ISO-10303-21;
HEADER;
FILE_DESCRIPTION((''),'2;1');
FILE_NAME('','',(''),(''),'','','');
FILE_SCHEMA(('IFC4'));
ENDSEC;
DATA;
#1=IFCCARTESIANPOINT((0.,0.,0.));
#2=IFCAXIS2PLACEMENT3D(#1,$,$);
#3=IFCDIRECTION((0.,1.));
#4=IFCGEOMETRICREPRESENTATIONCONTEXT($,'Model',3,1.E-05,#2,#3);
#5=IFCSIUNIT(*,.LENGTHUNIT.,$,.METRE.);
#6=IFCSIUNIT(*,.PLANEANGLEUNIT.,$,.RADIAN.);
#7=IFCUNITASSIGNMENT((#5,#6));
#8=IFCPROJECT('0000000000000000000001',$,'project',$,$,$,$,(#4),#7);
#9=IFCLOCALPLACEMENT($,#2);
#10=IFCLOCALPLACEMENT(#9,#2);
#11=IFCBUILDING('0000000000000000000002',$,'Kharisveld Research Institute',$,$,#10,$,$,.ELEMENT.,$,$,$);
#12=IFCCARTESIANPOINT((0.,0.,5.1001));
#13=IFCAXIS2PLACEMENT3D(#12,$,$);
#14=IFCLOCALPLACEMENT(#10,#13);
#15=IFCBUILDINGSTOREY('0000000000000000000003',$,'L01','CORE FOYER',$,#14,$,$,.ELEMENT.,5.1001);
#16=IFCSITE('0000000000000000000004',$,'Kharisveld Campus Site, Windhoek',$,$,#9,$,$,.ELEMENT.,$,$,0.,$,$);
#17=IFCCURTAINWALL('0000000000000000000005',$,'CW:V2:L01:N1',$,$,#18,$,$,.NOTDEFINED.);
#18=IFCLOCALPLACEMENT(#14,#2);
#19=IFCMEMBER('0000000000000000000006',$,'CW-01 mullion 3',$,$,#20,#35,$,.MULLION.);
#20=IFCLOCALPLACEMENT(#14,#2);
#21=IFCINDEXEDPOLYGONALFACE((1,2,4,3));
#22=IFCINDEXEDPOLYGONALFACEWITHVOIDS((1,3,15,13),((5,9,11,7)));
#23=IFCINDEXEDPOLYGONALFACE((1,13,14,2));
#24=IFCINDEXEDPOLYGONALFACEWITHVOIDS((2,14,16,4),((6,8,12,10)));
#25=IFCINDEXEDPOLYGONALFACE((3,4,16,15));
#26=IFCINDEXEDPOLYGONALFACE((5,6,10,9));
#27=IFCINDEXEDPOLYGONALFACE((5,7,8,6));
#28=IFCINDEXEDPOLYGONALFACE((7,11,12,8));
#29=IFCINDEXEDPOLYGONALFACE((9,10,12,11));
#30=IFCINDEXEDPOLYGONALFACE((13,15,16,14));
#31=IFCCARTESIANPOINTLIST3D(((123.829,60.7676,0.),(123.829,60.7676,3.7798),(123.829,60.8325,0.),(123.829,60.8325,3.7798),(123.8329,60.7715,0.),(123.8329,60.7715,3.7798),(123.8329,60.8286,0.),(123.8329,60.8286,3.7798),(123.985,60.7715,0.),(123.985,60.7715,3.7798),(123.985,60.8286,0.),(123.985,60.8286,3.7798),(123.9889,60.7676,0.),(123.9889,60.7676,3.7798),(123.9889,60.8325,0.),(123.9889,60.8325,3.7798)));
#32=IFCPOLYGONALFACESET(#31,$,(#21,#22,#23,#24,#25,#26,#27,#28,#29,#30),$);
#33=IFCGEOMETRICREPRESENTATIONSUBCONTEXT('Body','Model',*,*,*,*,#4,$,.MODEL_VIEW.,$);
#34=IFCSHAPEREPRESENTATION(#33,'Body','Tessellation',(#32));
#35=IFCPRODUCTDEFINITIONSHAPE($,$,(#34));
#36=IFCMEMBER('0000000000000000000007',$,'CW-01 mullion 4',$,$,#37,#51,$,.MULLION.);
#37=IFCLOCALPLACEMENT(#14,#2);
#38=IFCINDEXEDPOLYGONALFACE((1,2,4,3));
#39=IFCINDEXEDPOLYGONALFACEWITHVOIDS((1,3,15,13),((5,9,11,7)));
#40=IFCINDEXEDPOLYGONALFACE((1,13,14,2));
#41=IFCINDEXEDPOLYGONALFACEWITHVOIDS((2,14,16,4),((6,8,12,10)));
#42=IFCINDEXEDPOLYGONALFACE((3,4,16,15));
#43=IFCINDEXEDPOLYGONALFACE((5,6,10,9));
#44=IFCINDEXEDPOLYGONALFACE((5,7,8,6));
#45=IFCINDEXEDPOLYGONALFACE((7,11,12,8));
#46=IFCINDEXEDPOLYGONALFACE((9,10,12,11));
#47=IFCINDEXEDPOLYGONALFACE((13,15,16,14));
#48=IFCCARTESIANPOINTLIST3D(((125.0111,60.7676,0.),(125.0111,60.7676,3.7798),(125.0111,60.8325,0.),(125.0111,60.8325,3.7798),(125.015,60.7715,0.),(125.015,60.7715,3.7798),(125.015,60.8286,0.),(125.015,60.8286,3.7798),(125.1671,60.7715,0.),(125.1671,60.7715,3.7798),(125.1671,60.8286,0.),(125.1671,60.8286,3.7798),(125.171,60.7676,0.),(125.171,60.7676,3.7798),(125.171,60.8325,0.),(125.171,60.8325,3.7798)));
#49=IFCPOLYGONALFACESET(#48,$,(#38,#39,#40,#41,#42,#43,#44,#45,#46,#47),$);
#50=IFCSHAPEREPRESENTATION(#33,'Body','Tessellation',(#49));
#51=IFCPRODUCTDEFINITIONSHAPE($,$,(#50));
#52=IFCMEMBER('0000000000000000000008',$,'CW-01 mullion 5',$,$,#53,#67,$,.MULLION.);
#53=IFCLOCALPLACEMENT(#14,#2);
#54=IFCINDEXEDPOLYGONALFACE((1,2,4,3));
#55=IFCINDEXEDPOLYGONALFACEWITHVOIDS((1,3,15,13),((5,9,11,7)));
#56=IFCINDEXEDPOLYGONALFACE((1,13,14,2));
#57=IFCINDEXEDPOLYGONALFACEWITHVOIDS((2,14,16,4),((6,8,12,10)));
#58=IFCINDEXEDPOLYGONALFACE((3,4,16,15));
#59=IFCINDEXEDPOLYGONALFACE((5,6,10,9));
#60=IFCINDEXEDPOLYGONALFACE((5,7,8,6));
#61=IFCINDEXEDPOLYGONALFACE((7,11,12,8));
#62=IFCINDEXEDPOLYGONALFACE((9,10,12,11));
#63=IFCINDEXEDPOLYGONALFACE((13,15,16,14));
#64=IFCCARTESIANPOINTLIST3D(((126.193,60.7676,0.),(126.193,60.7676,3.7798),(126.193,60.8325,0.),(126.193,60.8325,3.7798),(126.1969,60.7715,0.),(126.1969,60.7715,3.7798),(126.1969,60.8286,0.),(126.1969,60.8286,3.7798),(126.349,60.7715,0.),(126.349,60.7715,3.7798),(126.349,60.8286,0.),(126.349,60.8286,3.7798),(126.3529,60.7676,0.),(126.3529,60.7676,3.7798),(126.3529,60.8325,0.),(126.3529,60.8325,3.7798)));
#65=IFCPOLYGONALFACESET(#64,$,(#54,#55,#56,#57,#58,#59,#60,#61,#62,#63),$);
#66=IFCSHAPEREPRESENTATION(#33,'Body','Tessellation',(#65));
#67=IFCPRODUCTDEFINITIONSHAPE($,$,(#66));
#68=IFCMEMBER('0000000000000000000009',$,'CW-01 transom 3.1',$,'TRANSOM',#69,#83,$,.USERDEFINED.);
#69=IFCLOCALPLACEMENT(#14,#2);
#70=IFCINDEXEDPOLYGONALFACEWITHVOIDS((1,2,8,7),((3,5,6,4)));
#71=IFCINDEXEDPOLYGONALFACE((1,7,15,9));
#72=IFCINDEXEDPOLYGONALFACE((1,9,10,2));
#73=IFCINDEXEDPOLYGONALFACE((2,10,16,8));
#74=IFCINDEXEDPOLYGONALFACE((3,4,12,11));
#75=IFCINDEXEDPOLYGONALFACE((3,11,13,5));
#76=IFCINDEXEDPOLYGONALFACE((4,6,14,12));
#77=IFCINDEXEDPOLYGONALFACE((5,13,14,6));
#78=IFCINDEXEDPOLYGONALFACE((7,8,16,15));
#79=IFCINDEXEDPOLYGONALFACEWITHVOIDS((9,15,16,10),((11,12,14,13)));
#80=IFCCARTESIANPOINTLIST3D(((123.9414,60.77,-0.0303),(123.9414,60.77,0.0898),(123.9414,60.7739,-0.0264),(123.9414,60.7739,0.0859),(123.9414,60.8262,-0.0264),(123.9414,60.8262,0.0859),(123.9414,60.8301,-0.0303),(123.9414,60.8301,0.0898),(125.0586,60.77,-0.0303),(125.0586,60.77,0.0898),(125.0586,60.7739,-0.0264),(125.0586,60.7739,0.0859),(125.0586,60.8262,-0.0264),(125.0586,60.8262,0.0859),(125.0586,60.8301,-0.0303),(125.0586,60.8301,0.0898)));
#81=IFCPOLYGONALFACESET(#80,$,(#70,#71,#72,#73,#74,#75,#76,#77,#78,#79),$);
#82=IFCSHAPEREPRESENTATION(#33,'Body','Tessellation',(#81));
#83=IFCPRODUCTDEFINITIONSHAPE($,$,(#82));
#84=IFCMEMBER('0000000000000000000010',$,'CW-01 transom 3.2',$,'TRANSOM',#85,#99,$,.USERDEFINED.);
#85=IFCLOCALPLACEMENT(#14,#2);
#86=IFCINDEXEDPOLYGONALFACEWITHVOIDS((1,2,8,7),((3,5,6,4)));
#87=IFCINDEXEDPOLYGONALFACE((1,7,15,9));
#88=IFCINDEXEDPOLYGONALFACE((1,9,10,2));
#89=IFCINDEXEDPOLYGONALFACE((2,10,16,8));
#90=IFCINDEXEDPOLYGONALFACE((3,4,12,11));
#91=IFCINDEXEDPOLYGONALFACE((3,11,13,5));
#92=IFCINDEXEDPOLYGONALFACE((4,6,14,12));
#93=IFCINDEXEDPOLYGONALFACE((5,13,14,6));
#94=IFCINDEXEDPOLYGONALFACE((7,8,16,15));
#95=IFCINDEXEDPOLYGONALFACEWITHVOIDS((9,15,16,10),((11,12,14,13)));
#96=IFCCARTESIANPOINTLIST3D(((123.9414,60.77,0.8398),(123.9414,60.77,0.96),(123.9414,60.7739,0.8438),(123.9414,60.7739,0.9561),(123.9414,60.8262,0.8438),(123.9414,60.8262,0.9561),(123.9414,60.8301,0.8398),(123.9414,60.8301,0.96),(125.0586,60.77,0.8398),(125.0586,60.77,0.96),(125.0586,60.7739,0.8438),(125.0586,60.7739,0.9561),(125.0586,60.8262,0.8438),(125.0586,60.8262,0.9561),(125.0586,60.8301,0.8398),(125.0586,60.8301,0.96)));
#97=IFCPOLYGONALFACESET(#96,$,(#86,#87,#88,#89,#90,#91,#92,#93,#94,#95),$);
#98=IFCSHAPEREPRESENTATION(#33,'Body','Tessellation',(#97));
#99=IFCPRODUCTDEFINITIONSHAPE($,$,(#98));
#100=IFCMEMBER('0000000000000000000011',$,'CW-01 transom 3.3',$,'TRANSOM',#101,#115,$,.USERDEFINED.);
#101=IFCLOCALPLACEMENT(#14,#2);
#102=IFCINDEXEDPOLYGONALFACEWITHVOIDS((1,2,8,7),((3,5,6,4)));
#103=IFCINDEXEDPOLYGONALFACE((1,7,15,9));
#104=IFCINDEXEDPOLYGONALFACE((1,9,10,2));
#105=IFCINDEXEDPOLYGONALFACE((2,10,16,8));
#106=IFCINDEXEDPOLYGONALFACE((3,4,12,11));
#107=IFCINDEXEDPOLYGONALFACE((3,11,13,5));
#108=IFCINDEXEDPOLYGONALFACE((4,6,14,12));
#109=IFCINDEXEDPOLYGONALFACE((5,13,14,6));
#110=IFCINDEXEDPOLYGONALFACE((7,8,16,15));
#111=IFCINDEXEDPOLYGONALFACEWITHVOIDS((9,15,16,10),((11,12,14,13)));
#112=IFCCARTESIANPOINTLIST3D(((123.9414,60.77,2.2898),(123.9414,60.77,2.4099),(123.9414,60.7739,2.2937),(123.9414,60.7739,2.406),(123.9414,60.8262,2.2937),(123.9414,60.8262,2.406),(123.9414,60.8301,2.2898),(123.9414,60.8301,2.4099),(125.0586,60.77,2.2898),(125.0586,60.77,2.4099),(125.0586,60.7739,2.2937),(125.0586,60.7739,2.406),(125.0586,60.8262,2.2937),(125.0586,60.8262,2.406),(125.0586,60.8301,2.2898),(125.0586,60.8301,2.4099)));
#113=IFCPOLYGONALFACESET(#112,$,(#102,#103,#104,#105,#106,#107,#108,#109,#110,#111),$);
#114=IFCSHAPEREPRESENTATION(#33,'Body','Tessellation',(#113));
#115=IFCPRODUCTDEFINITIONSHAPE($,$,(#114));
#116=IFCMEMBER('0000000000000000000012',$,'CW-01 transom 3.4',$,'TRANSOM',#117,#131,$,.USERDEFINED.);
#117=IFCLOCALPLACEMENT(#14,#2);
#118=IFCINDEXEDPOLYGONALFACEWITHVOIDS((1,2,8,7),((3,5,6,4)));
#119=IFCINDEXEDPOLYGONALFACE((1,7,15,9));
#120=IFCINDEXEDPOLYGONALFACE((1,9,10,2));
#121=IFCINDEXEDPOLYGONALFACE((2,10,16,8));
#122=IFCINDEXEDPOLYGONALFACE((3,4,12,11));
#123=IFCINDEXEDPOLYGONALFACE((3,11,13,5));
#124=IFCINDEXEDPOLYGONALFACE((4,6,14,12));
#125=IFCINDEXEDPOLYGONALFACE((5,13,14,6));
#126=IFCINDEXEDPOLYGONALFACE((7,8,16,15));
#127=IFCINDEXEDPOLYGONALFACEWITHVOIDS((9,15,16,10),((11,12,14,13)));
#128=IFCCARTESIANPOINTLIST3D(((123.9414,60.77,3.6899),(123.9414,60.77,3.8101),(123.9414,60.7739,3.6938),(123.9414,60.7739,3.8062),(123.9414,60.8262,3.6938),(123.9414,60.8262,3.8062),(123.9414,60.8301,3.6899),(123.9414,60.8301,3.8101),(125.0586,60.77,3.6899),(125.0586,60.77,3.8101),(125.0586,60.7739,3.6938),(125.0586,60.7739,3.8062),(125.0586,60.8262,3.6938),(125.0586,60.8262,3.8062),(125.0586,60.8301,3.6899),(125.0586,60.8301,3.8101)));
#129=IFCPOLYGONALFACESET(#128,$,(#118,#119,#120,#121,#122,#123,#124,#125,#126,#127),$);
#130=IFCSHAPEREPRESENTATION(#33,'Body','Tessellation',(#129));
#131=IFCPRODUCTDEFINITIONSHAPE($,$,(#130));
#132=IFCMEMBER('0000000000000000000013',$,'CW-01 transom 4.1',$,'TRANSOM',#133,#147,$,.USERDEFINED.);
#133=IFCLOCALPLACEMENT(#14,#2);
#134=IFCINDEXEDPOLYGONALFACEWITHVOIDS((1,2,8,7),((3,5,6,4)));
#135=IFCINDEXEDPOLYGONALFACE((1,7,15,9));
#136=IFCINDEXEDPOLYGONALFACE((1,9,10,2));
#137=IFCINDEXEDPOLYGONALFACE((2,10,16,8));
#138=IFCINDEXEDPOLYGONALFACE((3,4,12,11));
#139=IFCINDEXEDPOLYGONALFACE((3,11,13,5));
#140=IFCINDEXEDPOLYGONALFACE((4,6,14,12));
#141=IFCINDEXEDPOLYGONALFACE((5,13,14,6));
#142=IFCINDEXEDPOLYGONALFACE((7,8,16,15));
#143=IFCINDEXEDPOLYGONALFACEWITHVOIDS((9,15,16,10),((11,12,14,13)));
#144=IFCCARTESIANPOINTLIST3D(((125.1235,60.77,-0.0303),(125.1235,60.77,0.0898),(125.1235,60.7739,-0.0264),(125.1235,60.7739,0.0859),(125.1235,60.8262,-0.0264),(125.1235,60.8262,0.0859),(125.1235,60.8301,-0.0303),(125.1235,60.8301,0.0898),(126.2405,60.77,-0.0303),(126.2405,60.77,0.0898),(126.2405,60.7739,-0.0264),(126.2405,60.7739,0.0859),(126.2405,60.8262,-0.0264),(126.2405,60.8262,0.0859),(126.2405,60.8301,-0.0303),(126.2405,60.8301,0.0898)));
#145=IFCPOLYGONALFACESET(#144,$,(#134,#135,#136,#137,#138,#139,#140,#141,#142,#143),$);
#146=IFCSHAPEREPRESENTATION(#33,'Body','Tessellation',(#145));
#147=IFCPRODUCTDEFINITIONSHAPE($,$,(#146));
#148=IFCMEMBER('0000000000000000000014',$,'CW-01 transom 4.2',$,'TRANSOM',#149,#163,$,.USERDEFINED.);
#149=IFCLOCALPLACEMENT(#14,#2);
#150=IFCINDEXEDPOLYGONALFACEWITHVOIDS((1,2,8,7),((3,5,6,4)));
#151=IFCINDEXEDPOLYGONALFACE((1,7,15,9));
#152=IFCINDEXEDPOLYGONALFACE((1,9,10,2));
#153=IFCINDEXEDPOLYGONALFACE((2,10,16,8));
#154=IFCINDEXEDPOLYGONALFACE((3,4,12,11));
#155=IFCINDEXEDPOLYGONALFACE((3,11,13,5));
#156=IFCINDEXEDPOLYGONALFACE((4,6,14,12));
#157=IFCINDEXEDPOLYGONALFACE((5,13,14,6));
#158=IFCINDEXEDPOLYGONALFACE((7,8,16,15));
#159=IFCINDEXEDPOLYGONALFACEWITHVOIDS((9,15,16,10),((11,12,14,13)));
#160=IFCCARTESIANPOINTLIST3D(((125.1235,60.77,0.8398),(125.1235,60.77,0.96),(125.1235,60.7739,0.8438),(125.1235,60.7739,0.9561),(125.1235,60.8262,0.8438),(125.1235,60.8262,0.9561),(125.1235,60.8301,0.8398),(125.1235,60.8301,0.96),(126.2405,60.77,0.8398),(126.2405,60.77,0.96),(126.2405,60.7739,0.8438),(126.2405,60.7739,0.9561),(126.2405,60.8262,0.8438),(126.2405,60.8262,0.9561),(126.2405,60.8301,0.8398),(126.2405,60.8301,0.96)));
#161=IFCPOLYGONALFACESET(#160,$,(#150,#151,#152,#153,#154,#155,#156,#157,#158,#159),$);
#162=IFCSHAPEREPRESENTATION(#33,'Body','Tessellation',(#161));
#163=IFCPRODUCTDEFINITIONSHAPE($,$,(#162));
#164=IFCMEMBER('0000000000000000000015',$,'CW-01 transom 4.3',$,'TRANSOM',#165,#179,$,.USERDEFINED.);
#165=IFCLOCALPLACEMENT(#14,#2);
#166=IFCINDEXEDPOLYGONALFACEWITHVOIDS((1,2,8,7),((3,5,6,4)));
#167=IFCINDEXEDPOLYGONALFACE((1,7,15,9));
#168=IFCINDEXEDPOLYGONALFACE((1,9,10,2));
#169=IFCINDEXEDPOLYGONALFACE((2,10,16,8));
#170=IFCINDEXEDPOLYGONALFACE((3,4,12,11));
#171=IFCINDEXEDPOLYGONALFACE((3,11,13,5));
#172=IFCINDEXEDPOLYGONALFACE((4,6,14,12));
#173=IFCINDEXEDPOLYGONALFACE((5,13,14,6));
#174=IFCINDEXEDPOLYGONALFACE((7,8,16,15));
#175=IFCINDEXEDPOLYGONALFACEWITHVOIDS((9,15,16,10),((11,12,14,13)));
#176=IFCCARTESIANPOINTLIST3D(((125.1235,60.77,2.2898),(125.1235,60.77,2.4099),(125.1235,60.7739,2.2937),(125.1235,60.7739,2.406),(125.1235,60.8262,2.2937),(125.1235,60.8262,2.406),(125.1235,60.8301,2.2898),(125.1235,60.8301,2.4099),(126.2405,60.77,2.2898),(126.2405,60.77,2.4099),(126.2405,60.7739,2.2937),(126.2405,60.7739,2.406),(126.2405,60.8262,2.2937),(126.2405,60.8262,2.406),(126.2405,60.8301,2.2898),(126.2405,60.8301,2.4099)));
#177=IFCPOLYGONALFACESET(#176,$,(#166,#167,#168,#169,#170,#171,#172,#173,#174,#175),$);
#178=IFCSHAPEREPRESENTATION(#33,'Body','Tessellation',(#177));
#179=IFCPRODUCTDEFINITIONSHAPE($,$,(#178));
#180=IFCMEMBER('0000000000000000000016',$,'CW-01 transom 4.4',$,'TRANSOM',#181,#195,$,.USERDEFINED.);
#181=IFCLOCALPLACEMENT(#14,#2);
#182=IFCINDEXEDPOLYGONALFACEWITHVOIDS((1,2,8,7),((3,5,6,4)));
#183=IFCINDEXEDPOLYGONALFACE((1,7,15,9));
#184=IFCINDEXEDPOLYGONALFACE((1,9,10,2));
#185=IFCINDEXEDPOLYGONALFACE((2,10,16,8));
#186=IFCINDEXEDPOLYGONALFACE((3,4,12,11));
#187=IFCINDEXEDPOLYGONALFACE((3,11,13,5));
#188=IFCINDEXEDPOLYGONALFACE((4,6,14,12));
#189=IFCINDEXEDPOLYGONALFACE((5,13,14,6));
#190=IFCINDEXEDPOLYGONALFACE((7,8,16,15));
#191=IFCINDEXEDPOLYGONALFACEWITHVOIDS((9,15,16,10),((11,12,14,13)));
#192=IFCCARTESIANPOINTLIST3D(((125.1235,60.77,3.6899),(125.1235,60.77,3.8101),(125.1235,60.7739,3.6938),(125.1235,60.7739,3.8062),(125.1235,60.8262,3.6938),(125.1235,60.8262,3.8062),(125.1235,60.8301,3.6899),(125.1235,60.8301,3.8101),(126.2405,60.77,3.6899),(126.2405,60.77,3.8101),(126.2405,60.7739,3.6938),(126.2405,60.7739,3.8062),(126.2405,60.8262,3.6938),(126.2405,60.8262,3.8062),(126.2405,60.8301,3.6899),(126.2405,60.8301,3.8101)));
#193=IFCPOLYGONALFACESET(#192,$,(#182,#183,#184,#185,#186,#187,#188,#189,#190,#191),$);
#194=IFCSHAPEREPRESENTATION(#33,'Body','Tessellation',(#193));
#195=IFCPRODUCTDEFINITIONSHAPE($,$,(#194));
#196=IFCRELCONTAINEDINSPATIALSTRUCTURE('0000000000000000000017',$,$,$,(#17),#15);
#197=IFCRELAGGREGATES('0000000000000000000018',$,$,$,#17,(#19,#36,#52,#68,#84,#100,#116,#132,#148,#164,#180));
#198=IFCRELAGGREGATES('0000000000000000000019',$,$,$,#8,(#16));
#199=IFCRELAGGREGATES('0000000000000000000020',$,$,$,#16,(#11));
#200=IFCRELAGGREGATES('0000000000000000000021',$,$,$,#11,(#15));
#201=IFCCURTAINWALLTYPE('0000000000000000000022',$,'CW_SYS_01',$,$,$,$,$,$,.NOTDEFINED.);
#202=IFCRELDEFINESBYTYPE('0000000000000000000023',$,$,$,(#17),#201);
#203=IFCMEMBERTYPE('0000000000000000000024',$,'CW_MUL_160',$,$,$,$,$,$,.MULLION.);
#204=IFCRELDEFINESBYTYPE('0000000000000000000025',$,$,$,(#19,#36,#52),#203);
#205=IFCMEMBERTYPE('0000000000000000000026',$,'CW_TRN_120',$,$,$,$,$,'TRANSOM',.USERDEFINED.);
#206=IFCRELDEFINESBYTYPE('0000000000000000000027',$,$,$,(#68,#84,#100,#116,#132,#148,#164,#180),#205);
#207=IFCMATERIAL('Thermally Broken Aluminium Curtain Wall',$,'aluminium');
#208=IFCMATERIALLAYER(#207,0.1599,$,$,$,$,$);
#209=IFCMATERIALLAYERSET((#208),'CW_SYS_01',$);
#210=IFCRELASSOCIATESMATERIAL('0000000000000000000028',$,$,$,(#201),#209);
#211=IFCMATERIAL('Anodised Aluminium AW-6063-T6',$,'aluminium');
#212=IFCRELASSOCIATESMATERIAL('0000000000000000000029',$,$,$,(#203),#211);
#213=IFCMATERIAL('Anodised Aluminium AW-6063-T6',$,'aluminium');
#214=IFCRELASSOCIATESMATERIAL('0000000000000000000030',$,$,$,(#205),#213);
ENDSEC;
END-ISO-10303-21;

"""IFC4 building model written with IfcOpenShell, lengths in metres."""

from ifc_helpers import new_model, si_unit, direction, frame, origin, origin_2d, place, context, subcontext, project, spatial, hollow_rectangle, extrude, material, layer, layer_set, material_profile, profile_set, type_object, element, aggregate, save


model = new_model("IFC4")

# Units and contexts
model_context = context("Model", 3, precision=1e-05, world=origin(), true_north=direction((0.0, 1.0)))
body_context = subcontext(model_context, "Body", "Model", "MODEL_VIEW")
ifc_project = project(units=[si_unit("LENGTHUNIT", "METRE"), si_unit("PLANEANGLEUNIT", "RADIAN")], contexts=[model_context])

# Site, building, storey
site_placement = place(None, origin())
site = spatial("IfcSite", under=ifc_project, at=site_placement, Name="Kharisveld Campus Site, Windhoek", CompositionType="ELEMENT", RefElevation=0.0)
building_placement = place(site_placement, origin())
building = spatial("IfcBuilding", under=site, at=building_placement, Name="Kharisveld Research Institute", CompositionType="ELEMENT")
storey_placement = place(building_placement, frame((0.0, 0.0, 5.1001)))
storey = spatial("IfcBuildingStorey", under=building, at=storey_placement, Name="L01", Description="CORE FOYER", CompositionType="ELEMENT", Elevation=5.1001)

# Curtain wall, members
ifc_material_1 = material(Name="Thermally Broken Aluminium Curtain Wall", Category="aluminium")
ifc_layer_1 = layer(ifc_material_1, 0.1599)
ifc_layer_set_1 = layer_set([ifc_layer_1], Name="CW_SYS_01")
curtain_wall_type = type_object("IfcCurtainWallType", Name="CW_SYS_01", PredefinedType="NOTDEFINED", material=ifc_layer_set_1)
curtain_wall_placement = place(storey_placement, origin())
curtain_wall = element("IfcCurtainWall", 1, at=curtain_wall_placement, inside=storey, type_object=curtain_wall_type, Name="CW:V2:L01:N1", PredefinedType="NOTDEFINED")
ifc_material_2 = material(Name="Anodised Aluminium AW-6063-T6", Category="aluminium")
ifc_material_profile_1 = material_profile(ifc_material_2, hollow_rectangle(XDim=0.0649, YDim=0.1599, WallThickness=0.0039, at=origin_2d()))
ifc_profile_set_1 = profile_set([ifc_material_profile_1], Name="Anodised Aluminium AW-6063-T6")
member_type_1 = type_object("IfcMemberType", Name="CW_MUL_160", PredefinedType="MULLION", material=ifc_profile_set_1)
member_1_placement = place(storey_placement, frame((123.9089, 60.8, 0.0), z_axis=(0.0, 0.0, 1.0), x_axis=(0.0, 1.0, 0.0)))
member_1 = element("IfcMember", 2, at=member_1_placement, type_object=member_type_1, Name="CW-01 mullion 3", PredefinedType="MULLION", context=body_context, shape_type="SweptSolid", body=[
    extrude(hollow_rectangle(XDim=0.0649, YDim=0.1599, WallThickness=0.0039, at=origin_2d()), origin(), (0.0, 0.0, 1.0), 3.7798),
])
member_2_placement = place(storey_placement, frame((125.0911, 60.8, 0.0), z_axis=(0.0, 0.0, 1.0), x_axis=(0.0, 1.0, 0.0)))
member_2 = element("IfcMember", 3, at=member_2_placement, type_object=member_type_1, Name="CW-01 mullion 4", PredefinedType="MULLION", context=body_context, shape_type="SweptSolid", body=[
    extrude(hollow_rectangle(XDim=0.0649, YDim=0.1599, WallThickness=0.0039, at=origin_2d()), origin(), (0.0, 0.0, 1.0), 3.7798),
])
member_3_placement = place(storey_placement, frame((126.2729, 60.8, 0.0), z_axis=(0.0, 0.0, 1.0), x_axis=(0.0, 1.0, 0.0)))
member_3 = element("IfcMember", 4, at=member_3_placement, type_object=member_type_1, Name="CW-01 mullion 5", PredefinedType="MULLION", context=body_context, shape_type="SweptSolid", body=[
    extrude(hollow_rectangle(XDim=0.0649, YDim=0.1599, WallThickness=0.0039, at=origin_2d()), origin(), (0.0, 0.0, 1.0), 3.7798),
])
ifc_material_3 = material(Name="Anodised Aluminium AW-6063-T6", Category="aluminium")
ifc_material_profile_2 = material_profile(ifc_material_3, hollow_rectangle(XDim=0.0601, YDim=0.1201, WallThickness=0.0039, at=origin_2d()))
ifc_profile_set_2 = profile_set([ifc_material_profile_2], Name="Anodised Aluminium AW-6063-T6")
member_type_2 = type_object("IfcMemberType", Name="CW_TRN_120", ElementType="TRANSOM", PredefinedType="USERDEFINED", material=ifc_profile_set_2)
member_4_placement = place(storey_placement, frame((123.9414, 60.8, 0.0298), z_axis=(1.0, 0.0, 0.0), x_axis=(0.0, 1.0, 0.0)))
member_4 = element("IfcMember", 5, at=member_4_placement, type_object=member_type_2, Name="CW-01 transom 3.1", ObjectType="TRANSOM", PredefinedType="USERDEFINED", context=body_context, shape_type="SweptSolid", body=[
    extrude(hollow_rectangle(XDim=0.0601, YDim=0.1201, WallThickness=0.0039, at=origin_2d()), origin(), (0.0, 0.0, 1.0), 1.1172),
])
member_5_placement = place(storey_placement, frame((123.9414, 60.8, 0.8999), z_axis=(1.0, 0.0, 0.0), x_axis=(0.0, 1.0, 0.0)))
member_5 = element("IfcMember", 6, at=member_5_placement, type_object=member_type_2, Name="CW-01 transom 3.2", ObjectType="TRANSOM", PredefinedType="USERDEFINED", context=body_context, shape_type="SweptSolid", body=[
    extrude(hollow_rectangle(XDim=0.0601, YDim=0.1201, WallThickness=0.0039, at=origin_2d()), origin(), (0.0, 0.0, 1.0), 1.1172),
])
member_6_placement = place(storey_placement, frame((123.9414, 60.8, 2.3499), z_axis=(1.0, 0.0, 0.0), x_axis=(0.0, 1.0, 0.0)))
member_6 = element("IfcMember", 7, at=member_6_placement, type_object=member_type_2, Name="CW-01 transom 3.3", ObjectType="TRANSOM", PredefinedType="USERDEFINED", context=body_context, shape_type="SweptSolid", body=[
    extrude(hollow_rectangle(XDim=0.0601, YDim=0.1201, WallThickness=0.0039, at=origin_2d()), origin(), (0.0, 0.0, 1.0), 1.1172),
])
member_7_placement = place(storey_placement, frame((123.9414, 60.8, 3.75), z_axis=(1.0, 0.0, 0.0), x_axis=(0.0, 1.0, 0.0)))
member_7 = element("IfcMember", 8, at=member_7_placement, type_object=member_type_2, Name="CW-01 transom 3.4", ObjectType="TRANSOM", PredefinedType="USERDEFINED", context=body_context, shape_type="SweptSolid", body=[
    extrude(hollow_rectangle(XDim=0.0601, YDim=0.1201, WallThickness=0.0039, at=origin_2d()), origin(), (0.0, 0.0, 1.0), 1.1172),
])
member_8_placement = place(storey_placement, frame((125.1235, 60.8, 0.0298), z_axis=(1.0, 0.0, 0.0), x_axis=(0.0, 1.0, 0.0)))
member_8 = element("IfcMember", 9, at=member_8_placement, type_object=member_type_2, Name="CW-01 transom 4.1", ObjectType="TRANSOM", PredefinedType="USERDEFINED", context=body_context, shape_type="SweptSolid", body=[
    extrude(hollow_rectangle(XDim=0.0601, YDim=0.1201, WallThickness=0.0039, at=origin_2d()), origin(), (0.0, 0.0, 1.0), 1.1169),
])
member_9_placement = place(storey_placement, frame((125.1235, 60.8, 0.8999), z_axis=(1.0, 0.0, 0.0), x_axis=(0.0, 1.0, 0.0)))
member_9 = element("IfcMember", 10, at=member_9_placement, type_object=member_type_2, Name="CW-01 transom 4.2", ObjectType="TRANSOM", PredefinedType="USERDEFINED", context=body_context, shape_type="SweptSolid", body=[
    extrude(hollow_rectangle(XDim=0.0601, YDim=0.1201, WallThickness=0.0039, at=origin_2d()), origin(), (0.0, 0.0, 1.0), 1.1169),
])
member_10_placement = place(storey_placement, frame((125.1235, 60.8, 2.3499), z_axis=(1.0, 0.0, 0.0), x_axis=(0.0, 1.0, 0.0)))
member_10 = element("IfcMember", 11, at=member_10_placement, type_object=member_type_2, Name="CW-01 transom 4.3", ObjectType="TRANSOM", PredefinedType="USERDEFINED", context=body_context, shape_type="SweptSolid", body=[
    extrude(hollow_rectangle(XDim=0.0601, YDim=0.1201, WallThickness=0.0039, at=origin_2d()), origin(), (0.0, 0.0, 1.0), 1.1169),
])
member_11_placement = place(storey_placement, frame((125.1235, 60.8, 3.75), z_axis=(1.0, 0.0, 0.0), x_axis=(0.0, 1.0, 0.0)))
member_11 = element("IfcMember", 12, at=member_11_placement, type_object=member_type_2, Name="CW-01 transom 4.4", ObjectType="TRANSOM", PredefinedType="USERDEFINED", context=body_context, shape_type="SweptSolid", body=[
    extrude(hollow_rectangle(XDim=0.0601, YDim=0.1201, WallThickness=0.0039, at=origin_2d()), origin(), (0.0, 0.0, 1.0), 1.1169),
])
aggregate(curtain_wall, [member_1, member_2, member_3, member_4, member_5, member_6, member_7, member_8, member_9, member_10, member_11])

save(model, "model.ifc")
